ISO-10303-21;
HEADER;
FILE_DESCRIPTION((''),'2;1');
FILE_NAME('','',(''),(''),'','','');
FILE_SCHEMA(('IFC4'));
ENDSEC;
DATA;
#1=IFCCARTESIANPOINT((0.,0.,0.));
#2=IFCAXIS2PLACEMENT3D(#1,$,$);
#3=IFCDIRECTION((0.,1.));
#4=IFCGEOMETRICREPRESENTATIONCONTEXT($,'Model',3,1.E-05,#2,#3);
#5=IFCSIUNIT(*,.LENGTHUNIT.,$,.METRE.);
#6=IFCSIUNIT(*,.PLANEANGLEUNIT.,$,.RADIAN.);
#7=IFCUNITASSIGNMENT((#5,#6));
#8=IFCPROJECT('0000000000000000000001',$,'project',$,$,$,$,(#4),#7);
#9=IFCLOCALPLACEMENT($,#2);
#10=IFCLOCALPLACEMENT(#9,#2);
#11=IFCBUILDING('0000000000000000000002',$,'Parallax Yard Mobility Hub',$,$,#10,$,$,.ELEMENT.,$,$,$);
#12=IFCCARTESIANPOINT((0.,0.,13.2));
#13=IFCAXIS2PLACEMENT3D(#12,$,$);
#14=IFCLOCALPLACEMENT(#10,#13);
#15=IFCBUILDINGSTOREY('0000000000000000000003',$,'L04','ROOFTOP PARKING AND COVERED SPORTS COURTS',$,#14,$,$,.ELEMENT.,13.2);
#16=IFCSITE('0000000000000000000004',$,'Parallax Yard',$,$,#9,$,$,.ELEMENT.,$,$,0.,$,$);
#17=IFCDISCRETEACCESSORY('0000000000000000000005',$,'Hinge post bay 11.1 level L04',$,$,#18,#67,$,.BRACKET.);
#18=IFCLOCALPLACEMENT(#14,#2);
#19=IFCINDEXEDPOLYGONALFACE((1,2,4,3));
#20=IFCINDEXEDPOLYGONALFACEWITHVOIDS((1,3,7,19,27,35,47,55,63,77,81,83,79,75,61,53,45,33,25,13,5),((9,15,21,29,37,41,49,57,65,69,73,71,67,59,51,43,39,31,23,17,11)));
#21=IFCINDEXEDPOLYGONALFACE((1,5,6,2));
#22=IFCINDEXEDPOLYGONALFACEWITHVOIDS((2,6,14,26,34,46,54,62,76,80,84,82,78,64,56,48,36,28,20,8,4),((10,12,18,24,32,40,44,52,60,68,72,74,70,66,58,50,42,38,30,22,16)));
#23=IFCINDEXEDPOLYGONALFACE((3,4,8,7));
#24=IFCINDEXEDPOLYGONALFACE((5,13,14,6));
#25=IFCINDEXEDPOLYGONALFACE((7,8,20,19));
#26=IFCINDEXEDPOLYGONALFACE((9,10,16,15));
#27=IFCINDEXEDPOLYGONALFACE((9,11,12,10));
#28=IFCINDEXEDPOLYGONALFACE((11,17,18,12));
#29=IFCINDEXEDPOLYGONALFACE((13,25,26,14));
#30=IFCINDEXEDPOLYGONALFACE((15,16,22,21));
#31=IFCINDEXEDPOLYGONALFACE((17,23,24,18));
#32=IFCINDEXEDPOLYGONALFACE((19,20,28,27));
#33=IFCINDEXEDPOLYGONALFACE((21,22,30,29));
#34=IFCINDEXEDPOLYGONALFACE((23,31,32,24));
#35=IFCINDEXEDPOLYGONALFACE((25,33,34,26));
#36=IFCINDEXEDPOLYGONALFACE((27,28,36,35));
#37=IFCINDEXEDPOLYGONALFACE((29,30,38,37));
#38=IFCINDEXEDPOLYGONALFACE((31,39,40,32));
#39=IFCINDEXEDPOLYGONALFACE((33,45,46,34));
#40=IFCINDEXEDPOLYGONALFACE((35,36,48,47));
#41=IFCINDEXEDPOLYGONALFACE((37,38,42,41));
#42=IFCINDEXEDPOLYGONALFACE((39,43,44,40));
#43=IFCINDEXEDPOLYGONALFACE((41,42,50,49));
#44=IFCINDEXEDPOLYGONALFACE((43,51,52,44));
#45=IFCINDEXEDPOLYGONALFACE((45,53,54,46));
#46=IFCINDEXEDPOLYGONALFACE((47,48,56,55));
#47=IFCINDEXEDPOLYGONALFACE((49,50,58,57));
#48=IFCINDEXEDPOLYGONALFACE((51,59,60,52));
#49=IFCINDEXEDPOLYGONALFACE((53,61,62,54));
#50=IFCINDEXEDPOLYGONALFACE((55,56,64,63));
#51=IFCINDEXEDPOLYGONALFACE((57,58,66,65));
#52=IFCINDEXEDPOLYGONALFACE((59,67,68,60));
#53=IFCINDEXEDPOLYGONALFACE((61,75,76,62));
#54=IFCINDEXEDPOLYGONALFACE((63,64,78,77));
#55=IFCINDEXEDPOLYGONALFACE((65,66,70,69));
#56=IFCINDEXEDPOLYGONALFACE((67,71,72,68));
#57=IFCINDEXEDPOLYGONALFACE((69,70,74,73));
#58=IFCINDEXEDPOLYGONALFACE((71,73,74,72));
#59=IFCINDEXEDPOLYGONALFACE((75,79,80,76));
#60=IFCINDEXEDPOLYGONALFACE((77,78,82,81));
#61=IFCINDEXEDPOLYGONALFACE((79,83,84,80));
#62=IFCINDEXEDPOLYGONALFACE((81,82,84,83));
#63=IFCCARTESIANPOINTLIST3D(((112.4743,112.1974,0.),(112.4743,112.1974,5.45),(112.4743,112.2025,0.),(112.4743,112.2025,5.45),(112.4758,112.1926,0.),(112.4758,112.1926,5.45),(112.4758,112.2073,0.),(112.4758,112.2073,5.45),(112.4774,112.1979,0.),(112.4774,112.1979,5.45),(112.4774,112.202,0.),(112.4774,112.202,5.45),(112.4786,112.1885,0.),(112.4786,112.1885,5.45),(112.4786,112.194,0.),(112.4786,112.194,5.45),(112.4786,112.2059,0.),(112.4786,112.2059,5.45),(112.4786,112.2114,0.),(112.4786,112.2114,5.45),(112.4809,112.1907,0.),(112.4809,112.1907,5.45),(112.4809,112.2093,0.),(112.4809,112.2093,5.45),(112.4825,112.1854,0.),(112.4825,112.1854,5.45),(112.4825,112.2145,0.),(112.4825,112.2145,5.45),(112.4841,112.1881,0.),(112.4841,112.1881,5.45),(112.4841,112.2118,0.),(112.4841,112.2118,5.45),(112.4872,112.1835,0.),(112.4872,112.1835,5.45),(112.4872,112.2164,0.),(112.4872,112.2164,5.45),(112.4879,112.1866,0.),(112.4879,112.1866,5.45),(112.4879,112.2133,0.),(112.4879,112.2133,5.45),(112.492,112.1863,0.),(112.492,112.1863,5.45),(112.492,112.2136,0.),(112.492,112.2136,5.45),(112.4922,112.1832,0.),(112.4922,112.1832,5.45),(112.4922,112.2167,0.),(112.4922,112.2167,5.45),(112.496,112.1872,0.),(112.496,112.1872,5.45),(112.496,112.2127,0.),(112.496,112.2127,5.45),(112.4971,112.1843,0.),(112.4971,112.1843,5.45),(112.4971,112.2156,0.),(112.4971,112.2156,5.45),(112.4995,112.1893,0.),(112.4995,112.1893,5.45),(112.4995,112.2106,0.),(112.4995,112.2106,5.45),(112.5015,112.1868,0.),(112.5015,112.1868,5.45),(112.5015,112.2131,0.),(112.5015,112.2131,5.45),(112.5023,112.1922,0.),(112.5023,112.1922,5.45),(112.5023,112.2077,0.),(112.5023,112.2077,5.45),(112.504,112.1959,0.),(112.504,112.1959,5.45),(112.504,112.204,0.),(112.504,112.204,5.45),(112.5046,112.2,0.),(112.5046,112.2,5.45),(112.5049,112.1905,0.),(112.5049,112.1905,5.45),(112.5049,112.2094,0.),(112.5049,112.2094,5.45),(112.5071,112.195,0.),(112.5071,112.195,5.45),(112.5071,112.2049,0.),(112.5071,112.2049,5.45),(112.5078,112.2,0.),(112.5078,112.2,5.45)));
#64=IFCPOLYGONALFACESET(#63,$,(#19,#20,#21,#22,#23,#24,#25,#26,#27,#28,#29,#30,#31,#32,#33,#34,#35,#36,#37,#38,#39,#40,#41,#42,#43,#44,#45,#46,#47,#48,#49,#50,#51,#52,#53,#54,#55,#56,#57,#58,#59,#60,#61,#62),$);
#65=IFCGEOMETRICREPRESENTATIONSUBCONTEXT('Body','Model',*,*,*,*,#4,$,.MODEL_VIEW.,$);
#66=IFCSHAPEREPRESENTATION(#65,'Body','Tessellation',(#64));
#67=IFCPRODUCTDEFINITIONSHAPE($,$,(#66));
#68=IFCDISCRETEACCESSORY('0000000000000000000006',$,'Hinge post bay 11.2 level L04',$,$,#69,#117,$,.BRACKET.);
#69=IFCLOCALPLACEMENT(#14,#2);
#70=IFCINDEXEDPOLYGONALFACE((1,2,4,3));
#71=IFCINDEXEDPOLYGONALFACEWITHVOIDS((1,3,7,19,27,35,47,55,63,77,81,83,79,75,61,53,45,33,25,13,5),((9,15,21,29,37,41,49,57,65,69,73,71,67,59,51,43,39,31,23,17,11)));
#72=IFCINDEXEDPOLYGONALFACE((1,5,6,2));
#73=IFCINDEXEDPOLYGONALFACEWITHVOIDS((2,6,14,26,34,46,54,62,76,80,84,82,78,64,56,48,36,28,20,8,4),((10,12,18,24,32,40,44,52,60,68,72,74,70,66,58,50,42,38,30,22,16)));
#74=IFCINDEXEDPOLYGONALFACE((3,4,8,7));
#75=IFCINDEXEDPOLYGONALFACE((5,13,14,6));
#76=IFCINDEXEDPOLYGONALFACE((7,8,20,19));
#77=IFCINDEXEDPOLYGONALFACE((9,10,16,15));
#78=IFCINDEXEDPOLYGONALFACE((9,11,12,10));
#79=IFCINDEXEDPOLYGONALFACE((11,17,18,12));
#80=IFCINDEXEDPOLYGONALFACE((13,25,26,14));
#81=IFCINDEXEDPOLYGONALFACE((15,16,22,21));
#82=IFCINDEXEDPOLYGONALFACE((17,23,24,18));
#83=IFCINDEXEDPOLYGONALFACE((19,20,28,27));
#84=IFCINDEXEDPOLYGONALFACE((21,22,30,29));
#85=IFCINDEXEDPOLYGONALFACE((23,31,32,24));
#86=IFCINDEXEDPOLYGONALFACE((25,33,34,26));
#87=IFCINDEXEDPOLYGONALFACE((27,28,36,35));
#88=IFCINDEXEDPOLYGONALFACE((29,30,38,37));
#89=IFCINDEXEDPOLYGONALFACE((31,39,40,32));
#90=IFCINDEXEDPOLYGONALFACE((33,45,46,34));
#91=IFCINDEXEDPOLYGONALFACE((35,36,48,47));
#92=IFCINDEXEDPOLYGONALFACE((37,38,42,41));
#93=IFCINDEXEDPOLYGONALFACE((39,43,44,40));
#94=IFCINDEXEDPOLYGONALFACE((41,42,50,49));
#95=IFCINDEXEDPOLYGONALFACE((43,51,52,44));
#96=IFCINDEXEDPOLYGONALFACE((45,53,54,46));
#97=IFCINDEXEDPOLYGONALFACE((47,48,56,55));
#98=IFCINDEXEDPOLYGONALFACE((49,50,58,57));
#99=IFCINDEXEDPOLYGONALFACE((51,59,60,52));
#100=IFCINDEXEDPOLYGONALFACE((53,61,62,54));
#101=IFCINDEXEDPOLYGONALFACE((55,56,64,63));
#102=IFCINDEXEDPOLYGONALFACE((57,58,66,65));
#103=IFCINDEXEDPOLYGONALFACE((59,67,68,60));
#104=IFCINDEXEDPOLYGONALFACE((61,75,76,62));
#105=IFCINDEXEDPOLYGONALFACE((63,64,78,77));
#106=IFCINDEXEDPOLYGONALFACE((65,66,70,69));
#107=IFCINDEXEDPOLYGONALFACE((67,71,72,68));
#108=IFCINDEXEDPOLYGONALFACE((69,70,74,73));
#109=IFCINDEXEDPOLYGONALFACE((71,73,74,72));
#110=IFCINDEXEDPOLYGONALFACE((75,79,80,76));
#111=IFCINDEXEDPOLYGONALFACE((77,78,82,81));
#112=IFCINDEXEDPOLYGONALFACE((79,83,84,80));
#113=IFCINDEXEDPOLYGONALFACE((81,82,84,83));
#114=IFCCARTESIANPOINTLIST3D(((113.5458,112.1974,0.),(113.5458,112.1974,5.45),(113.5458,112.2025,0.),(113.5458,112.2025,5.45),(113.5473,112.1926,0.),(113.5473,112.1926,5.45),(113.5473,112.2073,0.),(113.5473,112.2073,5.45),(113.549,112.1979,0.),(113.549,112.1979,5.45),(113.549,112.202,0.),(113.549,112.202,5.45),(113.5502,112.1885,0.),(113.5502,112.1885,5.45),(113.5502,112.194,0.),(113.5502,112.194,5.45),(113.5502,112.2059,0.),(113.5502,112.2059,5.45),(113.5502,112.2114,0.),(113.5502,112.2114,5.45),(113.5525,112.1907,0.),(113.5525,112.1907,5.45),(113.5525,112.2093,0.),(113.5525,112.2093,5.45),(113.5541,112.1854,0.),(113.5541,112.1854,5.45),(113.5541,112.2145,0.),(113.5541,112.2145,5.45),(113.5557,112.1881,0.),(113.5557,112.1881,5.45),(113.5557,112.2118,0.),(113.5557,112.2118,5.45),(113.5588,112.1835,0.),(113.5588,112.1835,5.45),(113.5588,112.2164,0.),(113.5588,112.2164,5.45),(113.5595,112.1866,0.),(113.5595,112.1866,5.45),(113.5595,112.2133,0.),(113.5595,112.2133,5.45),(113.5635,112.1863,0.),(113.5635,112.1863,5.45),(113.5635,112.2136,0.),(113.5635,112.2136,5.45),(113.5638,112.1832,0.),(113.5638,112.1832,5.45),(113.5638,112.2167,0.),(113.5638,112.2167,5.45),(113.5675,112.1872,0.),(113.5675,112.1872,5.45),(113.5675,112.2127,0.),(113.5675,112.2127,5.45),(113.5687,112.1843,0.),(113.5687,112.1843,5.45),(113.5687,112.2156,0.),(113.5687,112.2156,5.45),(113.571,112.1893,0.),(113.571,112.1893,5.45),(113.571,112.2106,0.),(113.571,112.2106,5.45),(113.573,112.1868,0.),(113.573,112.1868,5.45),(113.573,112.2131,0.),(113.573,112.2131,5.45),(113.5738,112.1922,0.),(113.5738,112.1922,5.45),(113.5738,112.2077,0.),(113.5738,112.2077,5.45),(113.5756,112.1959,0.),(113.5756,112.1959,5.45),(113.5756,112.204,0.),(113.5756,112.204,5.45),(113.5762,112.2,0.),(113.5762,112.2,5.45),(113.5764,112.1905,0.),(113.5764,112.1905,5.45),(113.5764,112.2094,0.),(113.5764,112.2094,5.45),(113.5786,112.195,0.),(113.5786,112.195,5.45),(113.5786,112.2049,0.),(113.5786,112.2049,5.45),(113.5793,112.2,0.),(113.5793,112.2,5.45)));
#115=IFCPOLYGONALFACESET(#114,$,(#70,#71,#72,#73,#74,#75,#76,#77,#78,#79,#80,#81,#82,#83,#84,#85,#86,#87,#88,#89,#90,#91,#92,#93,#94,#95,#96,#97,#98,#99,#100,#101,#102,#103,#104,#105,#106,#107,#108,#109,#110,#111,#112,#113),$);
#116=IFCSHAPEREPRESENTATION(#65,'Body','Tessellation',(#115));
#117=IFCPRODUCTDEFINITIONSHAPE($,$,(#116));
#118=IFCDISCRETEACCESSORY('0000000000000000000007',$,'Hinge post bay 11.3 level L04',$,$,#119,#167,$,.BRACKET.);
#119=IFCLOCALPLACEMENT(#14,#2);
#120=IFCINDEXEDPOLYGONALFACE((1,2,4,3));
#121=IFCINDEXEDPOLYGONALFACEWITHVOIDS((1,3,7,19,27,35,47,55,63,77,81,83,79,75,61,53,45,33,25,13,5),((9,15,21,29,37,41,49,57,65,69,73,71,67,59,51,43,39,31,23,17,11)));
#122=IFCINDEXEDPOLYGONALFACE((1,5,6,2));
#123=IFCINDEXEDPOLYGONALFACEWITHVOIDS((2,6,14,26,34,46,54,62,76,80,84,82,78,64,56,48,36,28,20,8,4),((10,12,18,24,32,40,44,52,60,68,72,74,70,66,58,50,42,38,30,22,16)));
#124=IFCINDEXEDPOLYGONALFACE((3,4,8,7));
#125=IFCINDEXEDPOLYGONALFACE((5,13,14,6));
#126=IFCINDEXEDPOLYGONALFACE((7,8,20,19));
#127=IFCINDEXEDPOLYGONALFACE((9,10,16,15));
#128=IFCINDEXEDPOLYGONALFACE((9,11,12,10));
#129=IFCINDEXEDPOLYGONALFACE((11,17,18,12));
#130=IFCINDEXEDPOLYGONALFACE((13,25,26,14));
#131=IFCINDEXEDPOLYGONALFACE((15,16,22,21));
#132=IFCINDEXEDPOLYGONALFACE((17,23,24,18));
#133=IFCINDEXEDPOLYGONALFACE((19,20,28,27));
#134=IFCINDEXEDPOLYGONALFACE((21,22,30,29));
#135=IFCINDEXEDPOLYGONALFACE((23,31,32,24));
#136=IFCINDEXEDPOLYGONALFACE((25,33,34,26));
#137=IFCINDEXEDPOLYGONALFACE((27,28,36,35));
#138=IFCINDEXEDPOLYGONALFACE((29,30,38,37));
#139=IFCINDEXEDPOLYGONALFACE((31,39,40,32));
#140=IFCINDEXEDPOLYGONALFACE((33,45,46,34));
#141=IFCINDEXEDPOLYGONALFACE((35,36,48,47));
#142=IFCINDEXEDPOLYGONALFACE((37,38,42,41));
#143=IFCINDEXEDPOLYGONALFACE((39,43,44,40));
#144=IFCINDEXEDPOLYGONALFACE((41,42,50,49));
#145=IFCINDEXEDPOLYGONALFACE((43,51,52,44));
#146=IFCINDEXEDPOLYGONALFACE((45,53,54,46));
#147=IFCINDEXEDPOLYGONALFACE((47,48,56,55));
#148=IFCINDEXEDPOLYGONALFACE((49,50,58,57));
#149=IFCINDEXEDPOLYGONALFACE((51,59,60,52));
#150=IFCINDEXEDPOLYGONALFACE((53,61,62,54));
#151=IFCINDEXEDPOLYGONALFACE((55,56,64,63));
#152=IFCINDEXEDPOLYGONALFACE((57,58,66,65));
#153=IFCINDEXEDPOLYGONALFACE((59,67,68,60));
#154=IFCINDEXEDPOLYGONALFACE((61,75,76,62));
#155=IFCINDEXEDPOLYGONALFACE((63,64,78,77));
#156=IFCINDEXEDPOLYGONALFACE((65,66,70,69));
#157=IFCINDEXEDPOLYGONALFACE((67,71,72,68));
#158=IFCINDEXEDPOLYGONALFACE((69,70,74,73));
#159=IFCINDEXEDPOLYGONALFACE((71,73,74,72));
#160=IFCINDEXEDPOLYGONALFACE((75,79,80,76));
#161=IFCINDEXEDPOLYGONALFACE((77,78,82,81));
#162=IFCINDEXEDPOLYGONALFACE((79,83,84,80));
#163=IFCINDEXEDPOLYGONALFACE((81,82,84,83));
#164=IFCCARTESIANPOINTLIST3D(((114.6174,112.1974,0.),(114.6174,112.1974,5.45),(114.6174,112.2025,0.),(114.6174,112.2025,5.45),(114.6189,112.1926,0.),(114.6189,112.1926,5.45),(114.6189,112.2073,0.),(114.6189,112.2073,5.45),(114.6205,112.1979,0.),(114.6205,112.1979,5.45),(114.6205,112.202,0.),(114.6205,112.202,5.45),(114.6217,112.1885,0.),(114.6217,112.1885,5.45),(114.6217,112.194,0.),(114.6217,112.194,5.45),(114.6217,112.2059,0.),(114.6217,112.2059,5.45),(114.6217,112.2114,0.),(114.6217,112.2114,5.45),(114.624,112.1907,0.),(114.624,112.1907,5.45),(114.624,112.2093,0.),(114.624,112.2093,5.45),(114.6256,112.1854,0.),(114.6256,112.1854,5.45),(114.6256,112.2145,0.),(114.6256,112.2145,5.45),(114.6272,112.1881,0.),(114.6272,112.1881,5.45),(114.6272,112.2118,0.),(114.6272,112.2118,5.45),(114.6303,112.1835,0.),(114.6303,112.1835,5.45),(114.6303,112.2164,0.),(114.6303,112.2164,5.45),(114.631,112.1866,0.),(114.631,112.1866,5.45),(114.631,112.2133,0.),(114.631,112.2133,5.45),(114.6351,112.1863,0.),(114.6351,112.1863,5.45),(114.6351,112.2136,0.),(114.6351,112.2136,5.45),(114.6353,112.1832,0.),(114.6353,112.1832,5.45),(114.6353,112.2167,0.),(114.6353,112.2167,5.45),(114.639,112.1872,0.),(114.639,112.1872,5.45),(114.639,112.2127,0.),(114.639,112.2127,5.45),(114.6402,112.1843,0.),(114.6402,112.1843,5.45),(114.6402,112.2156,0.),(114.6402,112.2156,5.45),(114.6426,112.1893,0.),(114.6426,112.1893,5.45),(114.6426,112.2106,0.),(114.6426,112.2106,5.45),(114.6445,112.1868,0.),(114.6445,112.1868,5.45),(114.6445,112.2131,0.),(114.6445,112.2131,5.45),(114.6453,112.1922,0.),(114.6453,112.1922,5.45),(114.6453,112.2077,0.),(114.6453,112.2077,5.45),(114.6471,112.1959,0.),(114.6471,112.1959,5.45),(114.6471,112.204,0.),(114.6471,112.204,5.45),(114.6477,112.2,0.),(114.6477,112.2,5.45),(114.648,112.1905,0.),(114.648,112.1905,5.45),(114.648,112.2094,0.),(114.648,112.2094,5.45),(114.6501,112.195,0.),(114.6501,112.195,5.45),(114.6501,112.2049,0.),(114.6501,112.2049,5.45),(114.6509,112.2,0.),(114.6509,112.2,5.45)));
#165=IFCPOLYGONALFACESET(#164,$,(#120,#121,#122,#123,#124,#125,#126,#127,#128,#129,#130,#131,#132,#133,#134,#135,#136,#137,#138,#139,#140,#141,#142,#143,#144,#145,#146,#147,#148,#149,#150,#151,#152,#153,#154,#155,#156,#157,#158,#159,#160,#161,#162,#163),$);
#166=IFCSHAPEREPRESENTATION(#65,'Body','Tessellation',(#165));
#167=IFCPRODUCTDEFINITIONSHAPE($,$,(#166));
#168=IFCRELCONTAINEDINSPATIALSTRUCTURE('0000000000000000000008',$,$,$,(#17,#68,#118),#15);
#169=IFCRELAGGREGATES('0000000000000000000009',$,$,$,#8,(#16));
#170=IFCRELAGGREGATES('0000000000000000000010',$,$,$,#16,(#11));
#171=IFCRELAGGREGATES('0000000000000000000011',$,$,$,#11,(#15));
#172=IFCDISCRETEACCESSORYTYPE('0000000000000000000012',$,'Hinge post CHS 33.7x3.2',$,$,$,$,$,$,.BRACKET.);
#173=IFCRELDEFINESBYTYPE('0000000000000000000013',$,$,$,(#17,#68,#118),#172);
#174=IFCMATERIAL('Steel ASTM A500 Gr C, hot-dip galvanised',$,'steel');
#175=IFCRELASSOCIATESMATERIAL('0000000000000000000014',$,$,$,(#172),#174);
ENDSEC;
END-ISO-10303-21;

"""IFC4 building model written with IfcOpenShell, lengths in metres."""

from ifc_helpers import new_model, si_unit, direction, frame, origin, origin_2d, place, context, subcontext, project, spatial, hollow_circle, extrude, material, material_profile, profile_set, type_object, element, save


model = new_model("IFC4")

# Units and contexts
model_context = context("Model", 3, precision=1e-05, world=origin(), true_north=direction((0.0, 1.0)))
body_context = subcontext(model_context, "Body", "Model", "MODEL_VIEW")
ifc_project = project(units=[si_unit("LENGTHUNIT", "METRE"), si_unit("PLANEANGLEUNIT", "RADIAN")], contexts=[model_context])

# Site, building, storey
site_placement = place(None, origin())
site = spatial("IfcSite", under=ifc_project, at=site_placement, Name="Parallax Yard", CompositionType="ELEMENT", RefElevation=0.0)
building_placement = place(site_placement, origin())
building = spatial("IfcBuilding", under=site, at=building_placement, Name="Parallax Yard Mobility Hub", CompositionType="ELEMENT")
storey_placement = place(building_placement, frame((0.0, 0.0, 13.2)))
storey = spatial("IfcBuildingStorey", under=building, at=storey_placement, Name="L04", Description="ROOFTOP PARKING AND COVERED SPORTS COURTS", CompositionType="ELEMENT", Elevation=13.2)

# Discrete accessories
ifc_material_1 = material(Name="Steel ASTM A500 Gr C, hot-dip galvanised", Category="steel")
ifc_material_profile_1 = material_profile(ifc_material_1, hollow_circle(Radius=0.0168, WallThickness=0.0032, at=origin_2d()), Name="CHS 33.7x3.2")
ifc_profile_set_1 = profile_set([ifc_material_profile_1], Name="Steel ASTM A500 Gr C, hot-dip galvanised")
discrete_accessory_type_1 = type_object("IfcDiscreteAccessoryType", Name="Hinge post CHS 33.7x3.2", PredefinedType="BRACKET", material=ifc_profile_set_1)
for number, where, z_axis, x_axis, name in (
    (1, (112.491, 112.2, 0.0), (0.0, 0.0, 1.0), (1.0, 0.0, 0.0), "Hinge post bay 11.1 level L04"),
    (2, (113.5625, 112.2, 0.0), (0.0, 0.0, 1.0), (1.0, 0.0, 0.0), "Hinge post bay 11.2 level L04"),
    (3, (114.634, 112.2, 0.0), (0.0, 0.0, 1.0), (1.0, 0.0, 0.0), "Hinge post bay 11.3 level L04"),
):
    element("IfcDiscreteAccessory", number, at=place(storey_placement, frame(where, z_axis=z_axis, x_axis=x_axis)), inside=storey, type_object=discrete_accessory_type_1, Name=name, PredefinedType="BRACKET", context=body_context, shape_type="SweptSolid", body=[
        extrude(hollow_circle(Radius=0.0168, WallThickness=0.0032, at=origin_2d()), origin(), (0.0, 0.0, 1.0), 5.45),
    ])

save(model, "model.ifc")
